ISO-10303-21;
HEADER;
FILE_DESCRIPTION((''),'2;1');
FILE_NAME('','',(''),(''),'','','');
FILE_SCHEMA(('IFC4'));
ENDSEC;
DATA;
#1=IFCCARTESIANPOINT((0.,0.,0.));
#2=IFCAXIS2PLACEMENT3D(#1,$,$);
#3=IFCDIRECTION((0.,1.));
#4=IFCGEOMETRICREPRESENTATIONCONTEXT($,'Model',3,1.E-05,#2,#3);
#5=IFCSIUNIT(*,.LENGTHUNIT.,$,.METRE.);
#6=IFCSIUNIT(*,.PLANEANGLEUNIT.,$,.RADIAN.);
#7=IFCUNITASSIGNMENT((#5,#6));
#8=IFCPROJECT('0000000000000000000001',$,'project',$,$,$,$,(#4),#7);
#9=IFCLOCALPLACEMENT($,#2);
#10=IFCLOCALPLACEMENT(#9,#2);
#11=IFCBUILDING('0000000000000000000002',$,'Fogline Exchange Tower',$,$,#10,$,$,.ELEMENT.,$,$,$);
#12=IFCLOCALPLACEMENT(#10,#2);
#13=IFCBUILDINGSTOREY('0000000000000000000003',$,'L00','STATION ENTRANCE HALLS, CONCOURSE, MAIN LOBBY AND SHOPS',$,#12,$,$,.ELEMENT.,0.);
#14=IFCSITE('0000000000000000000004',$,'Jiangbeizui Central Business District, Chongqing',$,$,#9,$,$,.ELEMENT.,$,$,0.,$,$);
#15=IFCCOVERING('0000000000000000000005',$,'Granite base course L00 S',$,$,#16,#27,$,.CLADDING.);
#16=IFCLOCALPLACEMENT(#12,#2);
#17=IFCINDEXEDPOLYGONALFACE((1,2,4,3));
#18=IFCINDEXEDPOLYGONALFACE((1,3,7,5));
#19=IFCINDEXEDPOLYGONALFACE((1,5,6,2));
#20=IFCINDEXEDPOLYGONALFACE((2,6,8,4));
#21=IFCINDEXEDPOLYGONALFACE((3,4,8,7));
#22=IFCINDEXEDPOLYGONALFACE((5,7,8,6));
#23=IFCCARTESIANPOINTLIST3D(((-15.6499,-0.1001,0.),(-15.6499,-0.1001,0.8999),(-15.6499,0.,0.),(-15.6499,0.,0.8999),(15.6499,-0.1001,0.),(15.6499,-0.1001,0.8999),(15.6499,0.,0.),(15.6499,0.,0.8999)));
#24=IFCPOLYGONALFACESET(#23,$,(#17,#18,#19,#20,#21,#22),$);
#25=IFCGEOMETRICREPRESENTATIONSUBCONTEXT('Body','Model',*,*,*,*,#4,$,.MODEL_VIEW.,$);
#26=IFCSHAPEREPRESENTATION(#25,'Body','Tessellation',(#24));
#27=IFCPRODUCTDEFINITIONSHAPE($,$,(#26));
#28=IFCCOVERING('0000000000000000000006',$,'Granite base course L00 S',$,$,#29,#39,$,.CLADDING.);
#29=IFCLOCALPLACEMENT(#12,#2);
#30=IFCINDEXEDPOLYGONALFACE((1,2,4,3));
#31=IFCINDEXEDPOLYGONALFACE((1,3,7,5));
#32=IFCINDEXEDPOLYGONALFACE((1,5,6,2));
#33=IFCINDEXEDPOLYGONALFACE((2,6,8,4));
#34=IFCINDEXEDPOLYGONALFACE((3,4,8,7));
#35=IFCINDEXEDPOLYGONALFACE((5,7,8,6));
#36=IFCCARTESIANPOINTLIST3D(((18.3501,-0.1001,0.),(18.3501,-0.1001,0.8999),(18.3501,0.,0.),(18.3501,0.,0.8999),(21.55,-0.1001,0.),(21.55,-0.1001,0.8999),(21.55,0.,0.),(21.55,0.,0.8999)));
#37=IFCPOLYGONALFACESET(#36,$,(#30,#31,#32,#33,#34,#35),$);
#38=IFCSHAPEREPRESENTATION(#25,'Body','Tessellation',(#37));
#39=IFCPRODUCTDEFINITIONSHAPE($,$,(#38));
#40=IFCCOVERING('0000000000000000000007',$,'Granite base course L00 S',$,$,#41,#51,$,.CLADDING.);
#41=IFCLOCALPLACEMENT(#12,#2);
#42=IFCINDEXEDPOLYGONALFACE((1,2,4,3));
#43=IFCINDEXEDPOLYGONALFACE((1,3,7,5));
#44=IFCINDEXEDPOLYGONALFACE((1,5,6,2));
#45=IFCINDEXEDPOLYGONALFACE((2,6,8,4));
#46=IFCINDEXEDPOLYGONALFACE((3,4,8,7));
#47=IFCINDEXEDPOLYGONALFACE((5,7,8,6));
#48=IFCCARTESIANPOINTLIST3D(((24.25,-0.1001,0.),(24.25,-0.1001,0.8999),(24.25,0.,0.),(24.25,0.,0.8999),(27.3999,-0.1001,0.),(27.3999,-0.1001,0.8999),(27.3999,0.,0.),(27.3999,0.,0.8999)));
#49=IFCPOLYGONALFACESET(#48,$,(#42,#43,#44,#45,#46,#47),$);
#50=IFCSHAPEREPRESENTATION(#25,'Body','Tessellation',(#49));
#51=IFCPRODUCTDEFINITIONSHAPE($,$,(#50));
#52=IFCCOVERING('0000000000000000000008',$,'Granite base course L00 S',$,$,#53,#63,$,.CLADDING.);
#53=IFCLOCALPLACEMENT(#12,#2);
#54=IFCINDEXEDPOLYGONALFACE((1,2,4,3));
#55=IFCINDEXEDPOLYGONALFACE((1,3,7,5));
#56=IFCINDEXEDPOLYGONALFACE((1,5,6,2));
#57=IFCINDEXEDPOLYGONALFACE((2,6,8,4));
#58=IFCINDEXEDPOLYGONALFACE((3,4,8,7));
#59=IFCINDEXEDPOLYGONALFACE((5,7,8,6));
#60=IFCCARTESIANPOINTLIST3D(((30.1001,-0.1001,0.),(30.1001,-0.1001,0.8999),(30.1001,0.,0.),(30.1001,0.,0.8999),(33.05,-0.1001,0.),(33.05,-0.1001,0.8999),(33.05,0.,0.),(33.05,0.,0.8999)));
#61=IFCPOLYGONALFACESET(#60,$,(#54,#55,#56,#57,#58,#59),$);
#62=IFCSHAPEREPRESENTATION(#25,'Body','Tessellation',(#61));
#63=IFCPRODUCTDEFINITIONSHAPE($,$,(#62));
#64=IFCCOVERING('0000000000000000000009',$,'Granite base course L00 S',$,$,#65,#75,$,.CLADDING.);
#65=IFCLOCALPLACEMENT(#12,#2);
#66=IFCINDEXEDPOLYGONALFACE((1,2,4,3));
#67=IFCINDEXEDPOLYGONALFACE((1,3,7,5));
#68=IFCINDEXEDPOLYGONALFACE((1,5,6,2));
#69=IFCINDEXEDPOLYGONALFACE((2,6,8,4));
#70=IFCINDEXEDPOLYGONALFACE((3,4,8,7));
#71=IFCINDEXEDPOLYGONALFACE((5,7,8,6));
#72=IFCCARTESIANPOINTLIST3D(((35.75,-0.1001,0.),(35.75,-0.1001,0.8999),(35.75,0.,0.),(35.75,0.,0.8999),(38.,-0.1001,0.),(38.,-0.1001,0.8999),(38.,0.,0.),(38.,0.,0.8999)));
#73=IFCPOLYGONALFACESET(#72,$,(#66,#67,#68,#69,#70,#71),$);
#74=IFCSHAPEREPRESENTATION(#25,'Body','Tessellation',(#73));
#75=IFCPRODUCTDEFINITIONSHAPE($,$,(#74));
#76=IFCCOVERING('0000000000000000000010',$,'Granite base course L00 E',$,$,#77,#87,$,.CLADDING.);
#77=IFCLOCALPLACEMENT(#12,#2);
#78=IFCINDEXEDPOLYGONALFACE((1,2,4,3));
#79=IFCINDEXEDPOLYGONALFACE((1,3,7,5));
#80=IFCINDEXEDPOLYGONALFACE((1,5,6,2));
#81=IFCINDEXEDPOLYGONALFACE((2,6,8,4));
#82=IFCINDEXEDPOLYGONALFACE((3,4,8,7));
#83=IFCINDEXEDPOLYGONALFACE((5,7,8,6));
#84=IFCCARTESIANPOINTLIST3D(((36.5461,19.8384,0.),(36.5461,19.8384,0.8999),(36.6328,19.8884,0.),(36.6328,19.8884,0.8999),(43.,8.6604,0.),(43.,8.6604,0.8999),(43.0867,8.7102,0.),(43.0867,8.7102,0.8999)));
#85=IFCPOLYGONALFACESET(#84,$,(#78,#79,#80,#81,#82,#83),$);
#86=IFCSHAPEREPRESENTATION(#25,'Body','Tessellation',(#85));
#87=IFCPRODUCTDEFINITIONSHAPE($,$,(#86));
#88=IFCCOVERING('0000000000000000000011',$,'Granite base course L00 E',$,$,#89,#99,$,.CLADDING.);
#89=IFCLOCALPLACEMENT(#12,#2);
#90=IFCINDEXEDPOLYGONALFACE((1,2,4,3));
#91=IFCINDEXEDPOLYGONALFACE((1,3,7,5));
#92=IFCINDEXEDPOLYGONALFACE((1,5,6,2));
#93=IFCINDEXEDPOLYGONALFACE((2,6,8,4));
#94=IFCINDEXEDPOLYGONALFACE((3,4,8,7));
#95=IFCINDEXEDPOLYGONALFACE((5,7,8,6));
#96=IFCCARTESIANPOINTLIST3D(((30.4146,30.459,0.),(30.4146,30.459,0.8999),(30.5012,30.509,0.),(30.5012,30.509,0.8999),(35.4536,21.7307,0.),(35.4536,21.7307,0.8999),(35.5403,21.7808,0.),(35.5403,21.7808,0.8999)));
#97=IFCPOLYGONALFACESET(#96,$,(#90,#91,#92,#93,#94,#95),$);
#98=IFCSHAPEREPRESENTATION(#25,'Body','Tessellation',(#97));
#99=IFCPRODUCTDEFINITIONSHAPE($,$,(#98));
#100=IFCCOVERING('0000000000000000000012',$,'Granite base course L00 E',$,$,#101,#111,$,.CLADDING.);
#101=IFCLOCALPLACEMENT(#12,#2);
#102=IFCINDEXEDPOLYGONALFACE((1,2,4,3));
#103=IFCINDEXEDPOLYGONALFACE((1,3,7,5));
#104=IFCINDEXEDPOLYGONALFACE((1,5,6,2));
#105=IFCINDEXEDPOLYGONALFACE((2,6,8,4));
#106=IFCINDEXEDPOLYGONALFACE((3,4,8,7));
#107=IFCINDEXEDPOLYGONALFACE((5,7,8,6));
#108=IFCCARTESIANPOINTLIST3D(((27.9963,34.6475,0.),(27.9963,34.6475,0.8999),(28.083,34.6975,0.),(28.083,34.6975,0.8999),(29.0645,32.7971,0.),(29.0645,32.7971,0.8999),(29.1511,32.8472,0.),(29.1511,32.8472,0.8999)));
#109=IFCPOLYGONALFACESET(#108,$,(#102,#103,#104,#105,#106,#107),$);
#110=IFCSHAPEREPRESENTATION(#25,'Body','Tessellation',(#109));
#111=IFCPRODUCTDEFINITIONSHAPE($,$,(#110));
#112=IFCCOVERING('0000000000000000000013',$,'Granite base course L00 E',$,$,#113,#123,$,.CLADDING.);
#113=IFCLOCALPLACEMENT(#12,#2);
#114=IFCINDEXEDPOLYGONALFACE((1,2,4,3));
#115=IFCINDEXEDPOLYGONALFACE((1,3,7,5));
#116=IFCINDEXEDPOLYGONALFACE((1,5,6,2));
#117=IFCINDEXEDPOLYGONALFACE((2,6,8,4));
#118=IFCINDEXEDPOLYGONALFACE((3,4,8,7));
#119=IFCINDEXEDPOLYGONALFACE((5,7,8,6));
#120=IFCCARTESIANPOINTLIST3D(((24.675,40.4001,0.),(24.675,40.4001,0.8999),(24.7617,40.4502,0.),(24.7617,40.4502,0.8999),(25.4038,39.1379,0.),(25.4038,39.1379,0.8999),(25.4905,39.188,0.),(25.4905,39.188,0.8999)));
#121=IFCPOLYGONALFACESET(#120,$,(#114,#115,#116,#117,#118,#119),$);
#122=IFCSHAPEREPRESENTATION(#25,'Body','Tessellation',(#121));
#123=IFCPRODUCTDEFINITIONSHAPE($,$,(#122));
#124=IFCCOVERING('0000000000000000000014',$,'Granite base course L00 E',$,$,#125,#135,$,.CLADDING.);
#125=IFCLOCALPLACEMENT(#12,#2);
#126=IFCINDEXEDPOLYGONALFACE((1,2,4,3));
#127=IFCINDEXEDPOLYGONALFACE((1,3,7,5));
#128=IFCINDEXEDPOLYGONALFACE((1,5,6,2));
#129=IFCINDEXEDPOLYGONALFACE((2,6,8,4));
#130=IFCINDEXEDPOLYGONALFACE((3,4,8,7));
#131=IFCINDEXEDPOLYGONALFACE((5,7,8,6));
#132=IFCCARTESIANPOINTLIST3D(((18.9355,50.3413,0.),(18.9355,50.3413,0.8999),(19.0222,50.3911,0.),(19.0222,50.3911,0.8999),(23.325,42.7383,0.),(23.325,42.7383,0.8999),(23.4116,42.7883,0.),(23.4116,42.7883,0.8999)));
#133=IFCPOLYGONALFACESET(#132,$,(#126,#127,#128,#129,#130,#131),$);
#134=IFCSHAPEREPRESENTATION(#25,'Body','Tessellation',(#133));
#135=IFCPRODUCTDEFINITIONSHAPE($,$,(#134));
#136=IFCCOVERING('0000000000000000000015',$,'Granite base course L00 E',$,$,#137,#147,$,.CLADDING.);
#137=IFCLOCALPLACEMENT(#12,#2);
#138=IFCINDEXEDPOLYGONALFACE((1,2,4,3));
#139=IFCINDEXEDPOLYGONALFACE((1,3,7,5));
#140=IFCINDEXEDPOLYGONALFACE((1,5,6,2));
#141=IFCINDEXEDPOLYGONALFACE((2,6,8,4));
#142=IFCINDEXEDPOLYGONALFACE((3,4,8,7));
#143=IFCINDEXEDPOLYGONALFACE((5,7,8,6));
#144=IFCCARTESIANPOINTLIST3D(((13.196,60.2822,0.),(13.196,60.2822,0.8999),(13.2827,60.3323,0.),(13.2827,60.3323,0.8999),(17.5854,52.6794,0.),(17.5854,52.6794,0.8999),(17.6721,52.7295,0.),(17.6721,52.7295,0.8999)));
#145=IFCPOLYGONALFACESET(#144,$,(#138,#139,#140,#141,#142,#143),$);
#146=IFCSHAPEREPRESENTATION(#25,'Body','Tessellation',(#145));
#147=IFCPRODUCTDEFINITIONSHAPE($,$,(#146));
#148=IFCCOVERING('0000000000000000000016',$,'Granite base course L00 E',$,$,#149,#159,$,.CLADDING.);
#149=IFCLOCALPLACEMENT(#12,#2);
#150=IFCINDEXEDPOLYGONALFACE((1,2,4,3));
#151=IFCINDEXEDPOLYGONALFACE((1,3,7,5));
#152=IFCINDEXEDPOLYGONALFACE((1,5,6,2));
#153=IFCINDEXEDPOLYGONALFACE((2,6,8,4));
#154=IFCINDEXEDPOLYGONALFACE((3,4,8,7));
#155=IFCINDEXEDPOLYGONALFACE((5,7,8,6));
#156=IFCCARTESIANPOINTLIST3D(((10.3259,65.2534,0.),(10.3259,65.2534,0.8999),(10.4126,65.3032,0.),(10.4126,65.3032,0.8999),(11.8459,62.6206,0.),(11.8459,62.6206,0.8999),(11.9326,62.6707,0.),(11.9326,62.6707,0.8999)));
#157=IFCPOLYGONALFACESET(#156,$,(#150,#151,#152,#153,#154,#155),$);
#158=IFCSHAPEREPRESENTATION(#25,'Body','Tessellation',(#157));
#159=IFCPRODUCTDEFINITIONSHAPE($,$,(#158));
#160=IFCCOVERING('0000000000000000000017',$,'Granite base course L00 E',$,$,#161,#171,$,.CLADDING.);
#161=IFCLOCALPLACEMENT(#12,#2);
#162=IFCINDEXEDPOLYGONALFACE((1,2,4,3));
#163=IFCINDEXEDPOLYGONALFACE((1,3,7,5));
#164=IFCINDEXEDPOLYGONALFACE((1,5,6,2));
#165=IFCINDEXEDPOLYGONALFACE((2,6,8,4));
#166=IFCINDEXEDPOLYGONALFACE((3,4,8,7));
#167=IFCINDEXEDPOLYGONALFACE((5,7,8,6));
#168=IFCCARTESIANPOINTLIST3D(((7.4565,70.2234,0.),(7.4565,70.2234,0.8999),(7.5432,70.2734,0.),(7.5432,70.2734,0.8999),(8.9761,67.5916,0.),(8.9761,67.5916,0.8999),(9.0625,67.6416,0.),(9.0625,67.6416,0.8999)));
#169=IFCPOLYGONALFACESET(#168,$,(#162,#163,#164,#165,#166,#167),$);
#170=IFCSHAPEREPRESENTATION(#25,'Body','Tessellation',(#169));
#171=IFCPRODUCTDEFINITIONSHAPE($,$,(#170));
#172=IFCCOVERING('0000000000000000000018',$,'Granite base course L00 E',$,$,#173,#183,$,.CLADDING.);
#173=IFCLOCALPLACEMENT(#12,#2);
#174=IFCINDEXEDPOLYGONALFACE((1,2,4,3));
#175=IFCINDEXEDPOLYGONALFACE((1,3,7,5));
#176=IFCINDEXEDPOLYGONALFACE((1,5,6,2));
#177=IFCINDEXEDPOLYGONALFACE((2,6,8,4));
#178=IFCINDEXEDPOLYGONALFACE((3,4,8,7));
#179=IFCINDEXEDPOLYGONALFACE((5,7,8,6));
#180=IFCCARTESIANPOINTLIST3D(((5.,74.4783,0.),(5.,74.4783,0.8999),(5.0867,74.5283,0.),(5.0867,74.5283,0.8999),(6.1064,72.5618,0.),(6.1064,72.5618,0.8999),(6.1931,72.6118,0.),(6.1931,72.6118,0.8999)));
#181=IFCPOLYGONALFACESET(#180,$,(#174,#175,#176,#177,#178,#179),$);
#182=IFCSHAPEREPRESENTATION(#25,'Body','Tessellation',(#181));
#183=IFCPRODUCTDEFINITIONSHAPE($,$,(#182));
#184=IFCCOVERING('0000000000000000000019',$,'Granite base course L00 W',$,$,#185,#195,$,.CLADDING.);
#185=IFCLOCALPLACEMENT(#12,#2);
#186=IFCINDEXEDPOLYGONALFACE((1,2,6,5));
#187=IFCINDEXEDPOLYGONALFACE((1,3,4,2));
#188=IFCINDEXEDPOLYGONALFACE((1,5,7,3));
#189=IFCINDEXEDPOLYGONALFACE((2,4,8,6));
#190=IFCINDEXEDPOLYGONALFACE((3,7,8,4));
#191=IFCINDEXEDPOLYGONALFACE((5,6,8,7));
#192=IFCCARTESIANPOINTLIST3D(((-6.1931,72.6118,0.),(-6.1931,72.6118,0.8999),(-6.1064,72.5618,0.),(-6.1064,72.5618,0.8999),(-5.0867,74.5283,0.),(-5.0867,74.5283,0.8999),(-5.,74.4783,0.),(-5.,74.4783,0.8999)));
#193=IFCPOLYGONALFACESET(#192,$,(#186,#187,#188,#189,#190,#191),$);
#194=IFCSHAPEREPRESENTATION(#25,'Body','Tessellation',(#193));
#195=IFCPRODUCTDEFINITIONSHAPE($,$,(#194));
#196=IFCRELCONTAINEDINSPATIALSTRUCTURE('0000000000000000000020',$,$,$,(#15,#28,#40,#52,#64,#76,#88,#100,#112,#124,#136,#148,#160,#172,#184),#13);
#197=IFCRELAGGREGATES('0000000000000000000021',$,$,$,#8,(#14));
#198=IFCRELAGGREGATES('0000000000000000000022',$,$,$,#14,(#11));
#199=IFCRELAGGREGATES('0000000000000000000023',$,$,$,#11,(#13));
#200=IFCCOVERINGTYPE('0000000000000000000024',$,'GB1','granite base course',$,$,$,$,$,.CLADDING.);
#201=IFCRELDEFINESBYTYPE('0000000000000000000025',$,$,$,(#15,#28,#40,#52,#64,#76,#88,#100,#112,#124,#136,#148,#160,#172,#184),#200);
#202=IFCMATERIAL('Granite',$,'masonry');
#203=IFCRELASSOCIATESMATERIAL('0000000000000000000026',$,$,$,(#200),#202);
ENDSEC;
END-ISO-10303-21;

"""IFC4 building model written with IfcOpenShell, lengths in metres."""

from ifc_helpers import new_model, si_unit, direction, origin, place, context, subcontext, project, spatial, polyline, outline, extrude, material, type_object, element, save


model = new_model("IFC4")

# Units and contexts
model_context = context("Model", 3, precision=1e-05, world=origin(), true_north=direction((0.0, 1.0)))
body_context = subcontext(model_context, "Body", "Model", "MODEL_VIEW")
ifc_project = project(units=[si_unit("LENGTHUNIT", "METRE"), si_unit("PLANEANGLEUNIT", "RADIAN")], contexts=[model_context])

# Site, building, storey
site_placement = place(None, origin())
site = spatial("IfcSite", under=ifc_project, at=site_placement, Name="Jiangbeizui Central Business District, Chongqing", CompositionType="ELEMENT", RefElevation=0.0)
building_placement = place(site_placement, origin())
building = spatial("IfcBuilding", under=site, at=building_placement, Name="Fogline Exchange Tower", CompositionType="ELEMENT")
storey_placement = place(building_placement, origin())
storey = spatial("IfcBuildingStorey", under=building, at=storey_placement, Name="L00", Description="STATION ENTRANCE HALLS, CONCOURSE, MAIN LOBBY AND SHOPS", CompositionType="ELEMENT", Elevation=0.0)

# Coverings
ifc_material_1 = material(Name="Granite", Category="masonry")
covering_type = type_object("IfcCoveringType", Name="GB1", Description="granite base course", PredefinedType="CLADDING", material=ifc_material_1)
covering_1_placement = place(storey_placement, origin())
element("IfcCovering", 1, at=covering_1_placement, inside=storey, type_object=covering_type, Name="Granite base course L00 S", PredefinedType="CLADDING", context=body_context, shape_type="SweptSolid", body=[
    extrude(outline(polyline([(-15.6499, 0.0), (-15.6499, -0.1001), (15.6499, -0.1001), (15.6499, 0.0), (-15.6499, 0.0)])), origin(), (0.0, 0.0, 1.0), 0.8999),
])
covering_2_placement = place(storey_placement, origin())
element("IfcCovering", 2, at=covering_2_placement, inside=storey, type_object=covering_type, Name="Granite base course L00 S", PredefinedType="CLADDING", context=body_context, shape_type="SweptSolid", body=[
    extrude(outline(polyline([(18.3501, 0.0), (18.3501, -0.1001), (21.55, -0.1001), (21.55, 0.0), (18.3501, 0.0)])), origin(), (0.0, 0.0, 1.0), 0.8999),
])
covering_3_placement = place(storey_placement, origin())
element("IfcCovering", 3, at=covering_3_placement, inside=storey, type_object=covering_type, Name="Granite base course L00 S", PredefinedType="CLADDING", context=body_context, shape_type="SweptSolid", body=[
    extrude(outline(polyline([(24.25, 0.0), (24.25, -0.1001), (27.3999, -0.1001), (27.3999, 0.0), (24.25, 0.0)])), origin(), (0.0, 0.0, 1.0), 0.8999),
])
covering_4_placement = place(storey_placement, origin())
element("IfcCovering", 4, at=covering_4_placement, inside=storey, type_object=covering_type, Name="Granite base course L00 S", PredefinedType="CLADDING", context=body_context, shape_type="SweptSolid", body=[
    extrude(outline(polyline([(30.1001, 0.0), (30.1001, -0.1001), (33.05, -0.1001), (33.05, 0.0), (30.1001, 0.0)])), origin(), (0.0, 0.0, 1.0), 0.8999),
])
covering_5_placement = place(storey_placement, origin())
element("IfcCovering", 5, at=covering_5_placement, inside=storey, type_object=covering_type, Name="Granite base course L00 S", PredefinedType="CLADDING", context=body_context, shape_type="SweptSolid", body=[
    extrude(outline(polyline([(35.75, 0.0), (35.75, -0.1001), (38.0, -0.1001), (38.0, 0.0), (35.75, 0.0)])), origin(), (0.0, 0.0, 1.0), 0.8999),
])
covering_6_placement = place(storey_placement, origin())
element("IfcCovering", 6, at=covering_6_placement, inside=storey, type_object=covering_type, Name="Granite base course L00 E", PredefinedType="CLADDING", context=body_context, shape_type="SweptSolid", body=[
    extrude(outline(polyline([(43.0, 8.6604), (43.0867, 8.7102), (36.6328, 19.8884), (36.5461, 19.8384), (43.0, 8.6604)])), origin(), (0.0, 0.0, 1.0), 0.8999),
])
covering_7_placement = place(storey_placement, origin())
element("IfcCovering", 7, at=covering_7_placement, inside=storey, type_object=covering_type, Name="Granite base course L00 E", PredefinedType="CLADDING", context=body_context, shape_type="SweptSolid", body=[
    extrude(outline(polyline([(35.4536, 21.7307), (35.5403, 21.7808), (30.5012, 30.509), (30.4146, 30.459), (35.4536, 21.7307)])), origin(), (0.0, 0.0, 1.0), 0.8999),
])
covering_8_placement = place(storey_placement, origin())
element("IfcCovering", 8, at=covering_8_placement, inside=storey, type_object=covering_type, Name="Granite base course L00 E", PredefinedType="CLADDING", context=body_context, shape_type="SweptSolid", body=[
    extrude(outline(polyline([(29.0645, 32.7971), (29.1511, 32.8472), (28.083, 34.6975), (27.9963, 34.6475), (29.0645, 32.7971)])), origin(), (0.0, 0.0, 1.0), 0.8999),
])
covering_9_placement = place(storey_placement, origin())
element("IfcCovering", 9, at=covering_9_placement, inside=storey, type_object=covering_type, Name="Granite base course L00 E", PredefinedType="CLADDING", context=body_context, shape_type="SweptSolid", body=[
    extrude(outline(polyline([(25.4038, 39.1379), (25.4905, 39.188), (24.7617, 40.4502), (24.675, 40.4001), (25.4038, 39.1379)])), origin(), (0.0, 0.0, 1.0), 0.8999),
])
covering_10_placement = place(storey_placement, origin())
element("IfcCovering", 10, at=covering_10_placement, inside=storey, type_object=covering_type, Name="Granite base course L00 E", PredefinedType="CLADDING", context=body_context, shape_type="SweptSolid", body=[
    extrude(outline(polyline([(23.325, 42.7383), (23.4116, 42.7883), (19.0222, 50.3911), (18.9355, 50.3413), (23.325, 42.7383)])), origin(), (0.0, 0.0, 1.0), 0.8999),
])
covering_11_placement = place(storey_placement, origin())
element("IfcCovering", 11, at=covering_11_placement, inside=storey, type_object=covering_type, Name="Granite base course L00 E", PredefinedType="CLADDING", context=body_context, shape_type="SweptSolid", body=[
    extrude(outline(polyline([(17.5854, 52.6794), (17.6721, 52.7295), (13.2827, 60.3323), (13.196, 60.2822), (17.5854, 52.6794)])), origin(), (0.0, 0.0, 1.0), 0.8999),
])
covering_12_placement = place(storey_placement, origin())
element("IfcCovering", 12, at=covering_12_placement, inside=storey, type_object=covering_type, Name="Granite base course L00 E", PredefinedType="CLADDING", context=body_context, shape_type="SweptSolid", body=[
    extrude(outline(polyline([(11.8459, 62.6206), (11.9326, 62.6707), (10.4126, 65.3032), (10.3259, 65.2534), (11.8459, 62.6206)])), origin(), (0.0, 0.0, 1.0), 0.8999),
])
covering_13_placement = place(storey_placement, origin())
element("IfcCovering", 13, at=covering_13_placement, inside=storey, type_object=covering_type, Name="Granite base course L00 E", PredefinedType="CLADDING", context=body_context, shape_type="SweptSolid", body=[
    extrude(outline(polyline([(8.9761, 67.5916), (9.0625, 67.6416), (7.5432, 70.2734), (7.4565, 70.2234), (8.9761, 67.5916)])), origin(), (0.0, 0.0, 1.0), 0.8999),
])
covering_14_placement = place(storey_placement, origin())
element("IfcCovering", 14, at=covering_14_placement, inside=storey, type_object=covering_type, Name="Granite base course L00 E", PredefinedType="CLADDING", context=body_context, shape_type="SweptSolid", body=[
    extrude(outline(polyline([(6.1064, 72.5618), (6.1931, 72.6118), (5.0867, 74.5283), (5.0, 74.4783), (6.1064, 72.5618)])), origin(), (0.0, 0.0, 1.0), 0.8999),
])
covering_15_placement = place(storey_placement, origin())
element("IfcCovering", 15, at=covering_15_placement, inside=storey, type_object=covering_type, Name="Granite base course L00 W", PredefinedType="CLADDING", context=body_context, shape_type="SweptSolid", body=[
    extrude(outline(polyline([(-5.0, 74.4783), (-5.0867, 74.5283), (-6.1931, 72.6118), (-6.1064, 72.5618), (-5.0, 74.4783)])), origin(), (0.0, 0.0, 1.0), 0.8999),
])

save(model, "model.ifc")
